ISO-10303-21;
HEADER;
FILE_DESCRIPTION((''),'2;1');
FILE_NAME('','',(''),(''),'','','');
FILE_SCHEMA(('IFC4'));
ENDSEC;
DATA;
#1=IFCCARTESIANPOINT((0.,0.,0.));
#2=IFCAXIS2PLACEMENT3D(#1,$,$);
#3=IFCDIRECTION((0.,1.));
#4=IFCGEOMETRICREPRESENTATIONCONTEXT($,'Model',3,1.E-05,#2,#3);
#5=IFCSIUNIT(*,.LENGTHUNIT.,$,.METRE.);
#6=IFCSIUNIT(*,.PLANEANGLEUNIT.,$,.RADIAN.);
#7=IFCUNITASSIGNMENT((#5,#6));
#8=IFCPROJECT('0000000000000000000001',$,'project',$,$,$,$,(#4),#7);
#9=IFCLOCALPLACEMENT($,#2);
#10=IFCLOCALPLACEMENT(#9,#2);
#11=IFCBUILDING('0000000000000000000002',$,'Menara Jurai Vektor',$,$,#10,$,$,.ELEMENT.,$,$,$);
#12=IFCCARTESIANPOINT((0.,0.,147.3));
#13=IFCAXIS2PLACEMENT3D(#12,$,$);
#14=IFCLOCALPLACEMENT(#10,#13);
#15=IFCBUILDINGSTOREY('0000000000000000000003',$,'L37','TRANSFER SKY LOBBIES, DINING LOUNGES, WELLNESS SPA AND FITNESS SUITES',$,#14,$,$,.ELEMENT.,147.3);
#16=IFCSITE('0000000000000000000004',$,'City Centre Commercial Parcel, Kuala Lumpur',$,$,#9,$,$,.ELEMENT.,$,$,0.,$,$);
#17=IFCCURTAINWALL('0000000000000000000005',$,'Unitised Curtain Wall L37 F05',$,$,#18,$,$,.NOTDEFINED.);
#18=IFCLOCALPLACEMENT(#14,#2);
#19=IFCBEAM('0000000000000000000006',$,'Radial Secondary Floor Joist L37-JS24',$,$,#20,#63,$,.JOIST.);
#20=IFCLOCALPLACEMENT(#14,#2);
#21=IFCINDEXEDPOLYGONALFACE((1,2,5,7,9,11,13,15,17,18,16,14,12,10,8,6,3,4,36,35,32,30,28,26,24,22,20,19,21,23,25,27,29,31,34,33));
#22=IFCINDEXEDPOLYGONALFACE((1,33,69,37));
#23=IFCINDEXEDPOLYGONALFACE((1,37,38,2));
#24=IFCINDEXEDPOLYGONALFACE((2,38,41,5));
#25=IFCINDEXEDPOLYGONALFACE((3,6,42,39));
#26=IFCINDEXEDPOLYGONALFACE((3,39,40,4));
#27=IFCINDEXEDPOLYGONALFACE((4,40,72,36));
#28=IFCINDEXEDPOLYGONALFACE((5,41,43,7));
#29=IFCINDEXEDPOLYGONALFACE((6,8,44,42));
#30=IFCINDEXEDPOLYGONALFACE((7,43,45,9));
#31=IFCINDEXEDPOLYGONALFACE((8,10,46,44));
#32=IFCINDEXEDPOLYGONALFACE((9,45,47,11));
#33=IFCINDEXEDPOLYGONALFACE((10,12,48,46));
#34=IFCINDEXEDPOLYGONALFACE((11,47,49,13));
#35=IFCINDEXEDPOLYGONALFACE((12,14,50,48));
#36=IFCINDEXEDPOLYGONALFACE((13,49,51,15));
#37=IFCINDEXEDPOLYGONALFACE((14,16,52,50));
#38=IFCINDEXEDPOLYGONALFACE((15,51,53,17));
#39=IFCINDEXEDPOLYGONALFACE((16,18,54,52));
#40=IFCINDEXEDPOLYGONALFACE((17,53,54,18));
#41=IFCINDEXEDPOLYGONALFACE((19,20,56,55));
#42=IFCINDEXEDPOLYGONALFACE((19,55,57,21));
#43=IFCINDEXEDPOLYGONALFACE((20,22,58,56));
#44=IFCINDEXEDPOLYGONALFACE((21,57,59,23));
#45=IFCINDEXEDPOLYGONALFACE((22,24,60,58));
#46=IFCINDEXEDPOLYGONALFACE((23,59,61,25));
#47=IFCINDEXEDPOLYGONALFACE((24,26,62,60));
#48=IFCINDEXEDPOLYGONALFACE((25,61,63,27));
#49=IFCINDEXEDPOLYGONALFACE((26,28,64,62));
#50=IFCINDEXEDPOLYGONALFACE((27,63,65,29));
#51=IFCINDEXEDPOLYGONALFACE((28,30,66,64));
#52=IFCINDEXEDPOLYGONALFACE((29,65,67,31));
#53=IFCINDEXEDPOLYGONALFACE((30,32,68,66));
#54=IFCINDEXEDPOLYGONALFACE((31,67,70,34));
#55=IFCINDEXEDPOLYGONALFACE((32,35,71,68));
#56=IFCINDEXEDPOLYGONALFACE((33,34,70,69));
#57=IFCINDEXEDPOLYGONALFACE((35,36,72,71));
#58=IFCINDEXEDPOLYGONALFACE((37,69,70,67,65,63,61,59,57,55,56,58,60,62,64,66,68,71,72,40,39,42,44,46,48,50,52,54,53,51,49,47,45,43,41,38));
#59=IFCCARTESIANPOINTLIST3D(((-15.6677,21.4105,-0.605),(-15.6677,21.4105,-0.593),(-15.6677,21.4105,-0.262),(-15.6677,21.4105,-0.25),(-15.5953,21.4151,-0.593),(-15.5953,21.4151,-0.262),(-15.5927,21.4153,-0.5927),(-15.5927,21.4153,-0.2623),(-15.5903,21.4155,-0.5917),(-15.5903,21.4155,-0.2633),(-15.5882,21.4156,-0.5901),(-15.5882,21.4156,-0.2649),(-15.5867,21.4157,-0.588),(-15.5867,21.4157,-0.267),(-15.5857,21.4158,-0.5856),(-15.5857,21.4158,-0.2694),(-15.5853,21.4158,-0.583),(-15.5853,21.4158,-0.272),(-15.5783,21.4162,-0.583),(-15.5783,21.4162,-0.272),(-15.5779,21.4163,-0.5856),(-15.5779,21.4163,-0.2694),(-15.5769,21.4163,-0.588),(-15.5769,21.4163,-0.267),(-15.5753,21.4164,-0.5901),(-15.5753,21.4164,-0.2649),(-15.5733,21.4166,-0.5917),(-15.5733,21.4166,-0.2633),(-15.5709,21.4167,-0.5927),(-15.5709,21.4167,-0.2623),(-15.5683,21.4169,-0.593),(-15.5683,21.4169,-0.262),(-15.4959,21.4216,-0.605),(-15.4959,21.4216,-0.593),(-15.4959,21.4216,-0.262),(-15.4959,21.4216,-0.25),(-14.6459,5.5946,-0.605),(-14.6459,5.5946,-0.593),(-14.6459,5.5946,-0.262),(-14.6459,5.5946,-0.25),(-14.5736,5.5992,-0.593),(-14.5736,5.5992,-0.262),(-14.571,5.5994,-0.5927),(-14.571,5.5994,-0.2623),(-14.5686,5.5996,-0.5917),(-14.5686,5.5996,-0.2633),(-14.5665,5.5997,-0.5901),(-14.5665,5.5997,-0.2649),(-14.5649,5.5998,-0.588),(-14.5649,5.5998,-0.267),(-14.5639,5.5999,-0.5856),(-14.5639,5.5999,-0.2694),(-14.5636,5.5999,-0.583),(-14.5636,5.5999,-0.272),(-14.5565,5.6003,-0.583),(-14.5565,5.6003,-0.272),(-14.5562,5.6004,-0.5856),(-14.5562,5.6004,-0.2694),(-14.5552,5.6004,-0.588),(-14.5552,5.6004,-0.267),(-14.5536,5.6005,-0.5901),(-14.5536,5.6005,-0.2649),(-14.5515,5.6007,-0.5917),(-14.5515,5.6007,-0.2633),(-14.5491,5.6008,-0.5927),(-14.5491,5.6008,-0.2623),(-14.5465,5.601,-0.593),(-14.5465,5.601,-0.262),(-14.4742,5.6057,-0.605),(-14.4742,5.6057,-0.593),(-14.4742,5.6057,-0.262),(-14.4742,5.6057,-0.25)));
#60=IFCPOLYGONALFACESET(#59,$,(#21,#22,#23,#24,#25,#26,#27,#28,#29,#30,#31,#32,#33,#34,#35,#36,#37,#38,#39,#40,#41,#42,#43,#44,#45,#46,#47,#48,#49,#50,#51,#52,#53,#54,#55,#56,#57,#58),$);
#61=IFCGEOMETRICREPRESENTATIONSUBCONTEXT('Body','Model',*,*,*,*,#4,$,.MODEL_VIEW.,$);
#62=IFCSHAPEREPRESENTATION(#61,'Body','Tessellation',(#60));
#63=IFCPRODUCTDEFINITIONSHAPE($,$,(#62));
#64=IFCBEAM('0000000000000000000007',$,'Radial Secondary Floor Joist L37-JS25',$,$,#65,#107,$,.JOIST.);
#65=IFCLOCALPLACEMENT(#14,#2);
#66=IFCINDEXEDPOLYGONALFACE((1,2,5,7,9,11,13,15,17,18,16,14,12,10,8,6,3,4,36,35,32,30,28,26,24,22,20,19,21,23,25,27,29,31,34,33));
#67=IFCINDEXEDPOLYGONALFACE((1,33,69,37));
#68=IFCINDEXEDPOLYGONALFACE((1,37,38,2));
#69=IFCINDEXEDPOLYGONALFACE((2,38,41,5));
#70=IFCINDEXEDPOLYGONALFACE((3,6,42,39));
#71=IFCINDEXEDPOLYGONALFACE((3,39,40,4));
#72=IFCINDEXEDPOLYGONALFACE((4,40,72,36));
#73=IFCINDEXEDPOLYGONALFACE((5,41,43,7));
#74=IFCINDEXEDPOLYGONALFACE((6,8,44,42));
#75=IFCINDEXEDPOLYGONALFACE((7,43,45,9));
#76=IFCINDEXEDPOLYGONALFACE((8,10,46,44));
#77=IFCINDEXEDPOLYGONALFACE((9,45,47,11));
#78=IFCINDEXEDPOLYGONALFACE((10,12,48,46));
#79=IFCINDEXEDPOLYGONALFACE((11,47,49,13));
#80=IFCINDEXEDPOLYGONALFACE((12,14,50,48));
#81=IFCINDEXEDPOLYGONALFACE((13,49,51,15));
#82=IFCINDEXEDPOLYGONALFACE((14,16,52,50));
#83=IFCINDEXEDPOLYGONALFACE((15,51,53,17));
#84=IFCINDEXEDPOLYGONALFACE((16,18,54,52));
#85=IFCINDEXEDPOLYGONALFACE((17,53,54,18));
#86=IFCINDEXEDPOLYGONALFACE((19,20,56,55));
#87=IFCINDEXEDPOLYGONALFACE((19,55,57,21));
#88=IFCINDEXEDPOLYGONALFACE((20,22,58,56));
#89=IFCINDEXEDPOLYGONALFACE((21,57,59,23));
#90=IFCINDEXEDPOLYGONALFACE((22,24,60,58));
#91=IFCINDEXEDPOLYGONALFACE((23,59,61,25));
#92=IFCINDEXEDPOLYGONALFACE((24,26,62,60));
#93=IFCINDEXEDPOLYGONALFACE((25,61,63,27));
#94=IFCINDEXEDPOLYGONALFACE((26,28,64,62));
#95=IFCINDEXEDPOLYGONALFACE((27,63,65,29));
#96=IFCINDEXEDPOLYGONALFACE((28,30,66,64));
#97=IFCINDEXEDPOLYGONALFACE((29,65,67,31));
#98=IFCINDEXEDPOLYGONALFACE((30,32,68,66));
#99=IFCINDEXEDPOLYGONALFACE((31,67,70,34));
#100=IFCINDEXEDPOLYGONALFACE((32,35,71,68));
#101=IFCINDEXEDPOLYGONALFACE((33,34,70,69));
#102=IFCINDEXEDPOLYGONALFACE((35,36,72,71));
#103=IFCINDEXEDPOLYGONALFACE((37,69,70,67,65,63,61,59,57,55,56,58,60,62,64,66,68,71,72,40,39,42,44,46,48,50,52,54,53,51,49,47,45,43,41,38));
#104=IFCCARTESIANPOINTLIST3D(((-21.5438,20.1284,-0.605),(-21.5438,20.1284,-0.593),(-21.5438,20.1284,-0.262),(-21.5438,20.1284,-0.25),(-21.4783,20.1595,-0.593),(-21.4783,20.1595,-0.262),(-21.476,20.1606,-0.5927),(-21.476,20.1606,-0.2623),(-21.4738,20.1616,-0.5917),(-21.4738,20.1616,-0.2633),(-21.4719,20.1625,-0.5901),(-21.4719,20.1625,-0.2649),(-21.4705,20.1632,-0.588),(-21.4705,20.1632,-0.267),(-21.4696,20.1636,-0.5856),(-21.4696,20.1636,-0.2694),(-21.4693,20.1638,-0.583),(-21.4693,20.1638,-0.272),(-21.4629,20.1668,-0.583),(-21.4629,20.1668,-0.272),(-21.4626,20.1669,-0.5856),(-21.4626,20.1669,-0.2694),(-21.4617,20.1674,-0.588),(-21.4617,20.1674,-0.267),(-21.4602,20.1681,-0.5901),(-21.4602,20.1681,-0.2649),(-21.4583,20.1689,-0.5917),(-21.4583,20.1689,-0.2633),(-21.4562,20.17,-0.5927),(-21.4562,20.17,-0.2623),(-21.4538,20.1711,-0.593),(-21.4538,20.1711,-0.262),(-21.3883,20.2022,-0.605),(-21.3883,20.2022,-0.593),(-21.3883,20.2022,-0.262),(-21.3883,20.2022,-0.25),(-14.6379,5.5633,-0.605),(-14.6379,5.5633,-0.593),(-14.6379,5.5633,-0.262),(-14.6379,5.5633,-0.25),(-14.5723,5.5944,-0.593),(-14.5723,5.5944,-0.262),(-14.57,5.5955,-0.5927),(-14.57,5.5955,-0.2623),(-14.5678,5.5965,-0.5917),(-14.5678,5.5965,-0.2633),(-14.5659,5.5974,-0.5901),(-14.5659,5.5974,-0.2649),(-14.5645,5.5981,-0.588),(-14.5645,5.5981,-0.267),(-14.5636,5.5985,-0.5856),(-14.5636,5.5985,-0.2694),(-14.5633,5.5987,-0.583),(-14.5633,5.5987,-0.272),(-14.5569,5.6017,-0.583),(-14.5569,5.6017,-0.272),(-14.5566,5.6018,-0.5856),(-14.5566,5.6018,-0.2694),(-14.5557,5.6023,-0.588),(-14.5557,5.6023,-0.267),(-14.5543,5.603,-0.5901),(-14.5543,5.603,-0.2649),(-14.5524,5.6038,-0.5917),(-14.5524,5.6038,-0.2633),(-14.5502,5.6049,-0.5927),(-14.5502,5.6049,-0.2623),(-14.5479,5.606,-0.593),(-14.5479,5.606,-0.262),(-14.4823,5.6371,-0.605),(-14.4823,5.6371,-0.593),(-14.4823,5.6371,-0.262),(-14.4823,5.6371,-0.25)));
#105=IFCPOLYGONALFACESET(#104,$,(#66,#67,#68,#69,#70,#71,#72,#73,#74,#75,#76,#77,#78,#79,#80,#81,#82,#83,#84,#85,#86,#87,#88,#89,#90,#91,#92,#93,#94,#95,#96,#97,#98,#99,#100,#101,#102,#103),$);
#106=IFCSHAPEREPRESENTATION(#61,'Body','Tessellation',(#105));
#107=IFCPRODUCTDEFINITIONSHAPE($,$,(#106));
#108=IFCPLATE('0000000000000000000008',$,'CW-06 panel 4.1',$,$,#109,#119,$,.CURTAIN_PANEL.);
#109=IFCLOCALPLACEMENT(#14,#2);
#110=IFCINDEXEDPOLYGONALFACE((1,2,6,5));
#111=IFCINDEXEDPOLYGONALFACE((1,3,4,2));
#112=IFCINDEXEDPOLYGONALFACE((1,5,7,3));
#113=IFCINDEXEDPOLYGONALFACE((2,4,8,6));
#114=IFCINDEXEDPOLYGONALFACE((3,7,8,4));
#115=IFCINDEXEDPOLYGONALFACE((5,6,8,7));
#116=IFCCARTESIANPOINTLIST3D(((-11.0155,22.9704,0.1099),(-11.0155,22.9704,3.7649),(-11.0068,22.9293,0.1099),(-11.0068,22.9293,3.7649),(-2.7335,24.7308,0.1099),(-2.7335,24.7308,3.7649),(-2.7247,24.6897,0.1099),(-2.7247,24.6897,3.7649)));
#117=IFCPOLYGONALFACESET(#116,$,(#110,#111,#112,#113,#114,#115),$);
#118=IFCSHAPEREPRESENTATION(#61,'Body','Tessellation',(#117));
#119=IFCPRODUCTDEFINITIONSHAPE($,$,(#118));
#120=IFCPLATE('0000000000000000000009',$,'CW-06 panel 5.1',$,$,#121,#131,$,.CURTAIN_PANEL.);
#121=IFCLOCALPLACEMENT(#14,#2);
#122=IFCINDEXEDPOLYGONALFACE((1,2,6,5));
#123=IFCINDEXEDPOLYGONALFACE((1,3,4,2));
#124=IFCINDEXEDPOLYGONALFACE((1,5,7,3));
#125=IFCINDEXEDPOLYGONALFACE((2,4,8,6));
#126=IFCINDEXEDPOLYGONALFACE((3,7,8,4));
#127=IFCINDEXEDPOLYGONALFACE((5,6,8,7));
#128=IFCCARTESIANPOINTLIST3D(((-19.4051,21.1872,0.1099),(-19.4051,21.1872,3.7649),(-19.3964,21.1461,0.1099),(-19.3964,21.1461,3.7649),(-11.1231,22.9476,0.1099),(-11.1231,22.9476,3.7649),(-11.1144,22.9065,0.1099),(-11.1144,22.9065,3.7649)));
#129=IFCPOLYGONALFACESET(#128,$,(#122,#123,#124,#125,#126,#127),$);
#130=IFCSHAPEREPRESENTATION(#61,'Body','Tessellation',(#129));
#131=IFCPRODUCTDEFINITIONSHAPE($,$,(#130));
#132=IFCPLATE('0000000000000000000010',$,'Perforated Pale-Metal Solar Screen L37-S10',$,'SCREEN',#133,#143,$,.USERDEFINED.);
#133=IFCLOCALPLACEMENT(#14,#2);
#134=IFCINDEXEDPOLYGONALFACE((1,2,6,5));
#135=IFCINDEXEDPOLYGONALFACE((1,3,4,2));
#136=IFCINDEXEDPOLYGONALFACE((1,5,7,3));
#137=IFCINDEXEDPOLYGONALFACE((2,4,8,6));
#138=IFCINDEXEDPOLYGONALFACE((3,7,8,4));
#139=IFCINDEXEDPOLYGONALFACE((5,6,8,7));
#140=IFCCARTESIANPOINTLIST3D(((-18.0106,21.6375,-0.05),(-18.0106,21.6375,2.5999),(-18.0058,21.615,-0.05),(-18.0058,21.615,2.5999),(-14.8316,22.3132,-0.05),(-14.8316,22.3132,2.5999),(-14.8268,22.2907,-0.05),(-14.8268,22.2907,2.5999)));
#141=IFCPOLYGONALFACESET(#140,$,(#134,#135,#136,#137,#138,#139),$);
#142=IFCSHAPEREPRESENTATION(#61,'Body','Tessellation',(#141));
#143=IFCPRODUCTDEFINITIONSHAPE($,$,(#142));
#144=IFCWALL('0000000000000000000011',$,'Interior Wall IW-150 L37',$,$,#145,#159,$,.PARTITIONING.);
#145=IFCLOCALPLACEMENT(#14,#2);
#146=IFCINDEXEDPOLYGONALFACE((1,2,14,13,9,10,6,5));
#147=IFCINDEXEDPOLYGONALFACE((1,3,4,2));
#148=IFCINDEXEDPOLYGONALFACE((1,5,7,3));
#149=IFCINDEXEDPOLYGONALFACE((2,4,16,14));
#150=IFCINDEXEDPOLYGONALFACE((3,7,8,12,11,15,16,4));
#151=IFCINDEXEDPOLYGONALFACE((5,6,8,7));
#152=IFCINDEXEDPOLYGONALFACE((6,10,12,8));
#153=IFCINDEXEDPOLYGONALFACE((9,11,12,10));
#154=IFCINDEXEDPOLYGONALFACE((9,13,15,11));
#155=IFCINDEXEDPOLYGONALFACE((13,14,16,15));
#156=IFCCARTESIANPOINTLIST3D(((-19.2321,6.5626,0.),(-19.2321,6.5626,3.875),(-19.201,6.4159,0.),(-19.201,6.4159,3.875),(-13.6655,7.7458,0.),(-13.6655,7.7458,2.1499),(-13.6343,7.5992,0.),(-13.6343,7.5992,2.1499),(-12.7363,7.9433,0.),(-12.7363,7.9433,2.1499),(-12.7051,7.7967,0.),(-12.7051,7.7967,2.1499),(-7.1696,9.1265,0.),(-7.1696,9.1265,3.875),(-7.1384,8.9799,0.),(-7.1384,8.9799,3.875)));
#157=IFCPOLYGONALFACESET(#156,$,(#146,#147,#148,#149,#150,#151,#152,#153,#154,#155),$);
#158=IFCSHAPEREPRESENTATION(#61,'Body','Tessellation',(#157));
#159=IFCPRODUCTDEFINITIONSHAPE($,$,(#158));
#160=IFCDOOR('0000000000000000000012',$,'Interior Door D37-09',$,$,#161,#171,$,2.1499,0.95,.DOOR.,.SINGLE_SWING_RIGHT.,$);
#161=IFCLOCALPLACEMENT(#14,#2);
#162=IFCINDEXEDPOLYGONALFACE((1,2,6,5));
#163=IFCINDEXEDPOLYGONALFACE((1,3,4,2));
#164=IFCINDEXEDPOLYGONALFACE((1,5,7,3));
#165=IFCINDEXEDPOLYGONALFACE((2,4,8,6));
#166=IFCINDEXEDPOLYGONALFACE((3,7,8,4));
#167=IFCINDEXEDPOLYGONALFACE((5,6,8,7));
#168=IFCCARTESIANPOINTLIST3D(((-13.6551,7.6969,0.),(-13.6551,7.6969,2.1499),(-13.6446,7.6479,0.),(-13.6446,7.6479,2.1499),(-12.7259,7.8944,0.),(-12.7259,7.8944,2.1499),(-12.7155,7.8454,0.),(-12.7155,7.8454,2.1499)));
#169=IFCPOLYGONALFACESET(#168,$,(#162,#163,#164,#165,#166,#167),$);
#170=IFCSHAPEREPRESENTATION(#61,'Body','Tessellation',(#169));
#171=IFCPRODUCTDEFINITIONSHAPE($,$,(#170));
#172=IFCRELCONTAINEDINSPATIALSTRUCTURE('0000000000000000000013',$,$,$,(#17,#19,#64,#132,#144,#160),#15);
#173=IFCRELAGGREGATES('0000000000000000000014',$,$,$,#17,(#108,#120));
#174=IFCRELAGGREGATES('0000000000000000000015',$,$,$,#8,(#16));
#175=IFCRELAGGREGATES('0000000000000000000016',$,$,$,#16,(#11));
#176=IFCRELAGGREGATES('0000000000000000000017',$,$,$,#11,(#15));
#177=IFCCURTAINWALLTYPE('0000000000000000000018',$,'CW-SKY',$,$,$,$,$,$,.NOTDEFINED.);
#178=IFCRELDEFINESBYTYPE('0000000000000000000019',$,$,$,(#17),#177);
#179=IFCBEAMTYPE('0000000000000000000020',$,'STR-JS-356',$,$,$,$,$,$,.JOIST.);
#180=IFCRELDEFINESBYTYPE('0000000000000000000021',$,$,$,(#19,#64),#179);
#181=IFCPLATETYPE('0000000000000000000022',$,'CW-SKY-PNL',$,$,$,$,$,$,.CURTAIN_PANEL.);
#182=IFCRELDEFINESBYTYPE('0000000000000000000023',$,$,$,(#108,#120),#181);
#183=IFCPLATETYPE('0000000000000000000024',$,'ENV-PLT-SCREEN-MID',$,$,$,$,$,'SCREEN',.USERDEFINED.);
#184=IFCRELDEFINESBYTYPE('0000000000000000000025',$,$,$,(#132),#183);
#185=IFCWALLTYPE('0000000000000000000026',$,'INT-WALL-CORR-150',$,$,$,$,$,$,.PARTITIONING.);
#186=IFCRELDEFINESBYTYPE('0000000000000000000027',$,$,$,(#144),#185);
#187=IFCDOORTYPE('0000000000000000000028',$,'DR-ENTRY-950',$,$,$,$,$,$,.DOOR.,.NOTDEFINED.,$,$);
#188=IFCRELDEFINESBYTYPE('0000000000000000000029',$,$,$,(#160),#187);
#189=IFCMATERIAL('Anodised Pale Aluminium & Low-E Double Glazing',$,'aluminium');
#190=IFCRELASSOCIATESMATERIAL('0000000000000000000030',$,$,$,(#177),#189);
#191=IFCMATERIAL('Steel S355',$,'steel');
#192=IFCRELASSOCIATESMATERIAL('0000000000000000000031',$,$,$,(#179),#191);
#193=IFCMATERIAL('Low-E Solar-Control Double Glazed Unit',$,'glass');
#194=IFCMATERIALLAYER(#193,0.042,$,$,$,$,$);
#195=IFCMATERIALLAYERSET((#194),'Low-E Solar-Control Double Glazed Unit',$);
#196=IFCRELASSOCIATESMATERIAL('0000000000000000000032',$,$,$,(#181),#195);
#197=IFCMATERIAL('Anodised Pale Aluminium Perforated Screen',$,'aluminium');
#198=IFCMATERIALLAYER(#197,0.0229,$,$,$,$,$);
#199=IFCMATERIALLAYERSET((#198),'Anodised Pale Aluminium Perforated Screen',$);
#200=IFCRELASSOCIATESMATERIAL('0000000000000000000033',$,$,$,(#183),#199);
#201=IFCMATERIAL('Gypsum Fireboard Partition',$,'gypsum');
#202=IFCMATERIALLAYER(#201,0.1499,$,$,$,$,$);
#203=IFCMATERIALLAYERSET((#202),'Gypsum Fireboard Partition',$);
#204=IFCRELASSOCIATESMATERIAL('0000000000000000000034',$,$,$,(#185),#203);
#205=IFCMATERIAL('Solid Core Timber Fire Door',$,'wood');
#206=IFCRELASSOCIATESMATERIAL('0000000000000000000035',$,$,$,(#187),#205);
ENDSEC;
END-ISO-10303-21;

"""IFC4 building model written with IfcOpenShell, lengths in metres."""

from ifc_helpers import new_model, si_unit, direction, frame, frame_2d, origin, origin_2d, place, context, subcontext, project, spatial, rectangle, i_section, extrude, material, layer, layer_set, material_profile, profile_set, type_object, element, fill, aggregate, save


model = new_model("IFC4")

# Units and contexts
model_context = context("Model", 3, precision=1e-05, world=origin(), true_north=direction((0.0, 1.0)))
body_context = subcontext(model_context, "Body", "Model", "MODEL_VIEW")
ifc_project = project(units=[si_unit("LENGTHUNIT", "METRE"), si_unit("PLANEANGLEUNIT", "RADIAN")], contexts=[model_context])

# Site, building, storey
site_placement = place(None, origin())
site = spatial("IfcSite", under=ifc_project, at=site_placement, Name="City Centre Commercial Parcel, Kuala Lumpur", CompositionType="ELEMENT", RefElevation=0.0)
building_placement = place(site_placement, origin())
building = spatial("IfcBuilding", under=site, at=building_placement, Name="Menara Jurai Vektor", CompositionType="ELEMENT")
storey_placement = place(building_placement, frame((0.0, 0.0, 147.3)))
storey = spatial("IfcBuildingStorey", under=building, at=storey_placement, Name="L37", Description="TRANSFER SKY LOBBIES, DINING LOUNGES, WELLNESS SPA AND FITNESS SUITES", CompositionType="ELEMENT", Elevation=147.3)

# Curtain wall
ifc_material_1 = material(Name="Anodised Pale Aluminium & Low-E Double Glazing", Category="aluminium")
curtain_wall_type = type_object("IfcCurtainWallType", Name="CW-SKY", PredefinedType="NOTDEFINED", material=ifc_material_1)
curtain_wall_placement = place(storey_placement, origin())
curtain_wall = element("IfcCurtainWall", 1, at=curtain_wall_placement, inside=storey, type_object=curtain_wall_type, Name="Unitised Curtain Wall L37 F05", PredefinedType="NOTDEFINED")

# Beams
ifc_material_2 = material(Name="Steel S355", Category="steel")
ifc_material_profile_1 = material_profile(ifc_material_2, i_section(OverallWidth=0.1721, OverallDepth=0.355, WebThickness=0.0071, FlangeThickness=0.012, FilletRadius=0.01, at=origin_2d()), Name="UKB 356x171x51")
ifc_profile_set_1 = profile_set([ifc_material_profile_1], Name="Steel S355")
beam_type_1 = type_object("IfcBeamType", Name="STR-JS-356", PredefinedType="JOIST", material=ifc_profile_set_1)
beam_1_placement = place(storey_placement, frame((-15.5818, 21.416, -0.4275), z_axis=(0.064467, -0.99792, 0.0), x_axis=(0.99792, 0.064467, 0.0)))
element("IfcBeam", 2, at=beam_1_placement, inside=storey, type_object=beam_type_1, Name="Radial Secondary Floor Joist L37-JS24", PredefinedType="JOIST", context=body_context, shape_type="SweptSolid", body=[
    extrude(i_section(OverallWidth=0.1721, OverallDepth=0.355, WebThickness=0.0071, FlangeThickness=0.012, FilletRadius=0.01, at=origin_2d()), origin(), (0.0, 0.0, 1.0), 15.8489),
])
beam_2_placement = place(storey_placement, frame((-21.4661, 20.1653, -0.4275), z_axis=(0.428426, -0.903577, 0.0), x_axis=(0.903577, 0.428426, 0.0)))
element("IfcBeam", 3, at=beam_2_placement, inside=storey, type_object=beam_type_1, Name="Radial Secondary Floor Joist L37-JS25", PredefinedType="JOIST", context=body_context, shape_type="SweptSolid", body=[
    extrude(i_section(OverallWidth=0.1721, OverallDepth=0.355, WebThickness=0.0071, FlangeThickness=0.012, FilletRadius=0.01, at=origin_2d()), origin(), (0.0, 0.0, 1.0), 16.1194),
])

# Plates
ifc_material_3 = material(Name="Low-E Solar-Control Double Glazed Unit", Category="glass")
ifc_layer_1 = layer(ifc_material_3, 0.042)
ifc_layer_set_1 = layer_set([ifc_layer_1], Name="Low-E Solar-Control Double Glazed Unit")
plate_type_1 = type_object("IfcPlateType", Name="CW-SKY-PNL", PredefinedType="CURTAIN_PANEL", material=ifc_layer_set_1)
plate_1_placement = place(storey_placement, frame((-6.8701, 23.8301, 0.1099), z_axis=(0.0, 0.0, 1.0), x_axis=(-0.978148, -0.207911, 0.0)))
plate_1 = element("IfcPlate", 4, at=plate_1_placement, type_object=plate_type_1, Name="CW-06 panel 4.1", PredefinedType="CURTAIN_PANEL", context=body_context, shape_type="SweptSolid", body=[
    extrude(rectangle(XDim=8.467, YDim=0.042, at=origin_2d()), origin(), (0.0, 0.0, 1.0), 3.655),
])
plate_2_placement = place(storey_placement, frame((-15.2598, 22.0469, 0.1099), z_axis=(0.0, 0.0, 1.0), x_axis=(-0.978148, -0.207911, 0.0)))
plate_2 = element("IfcPlate", 5, at=plate_2_placement, type_object=plate_type_1, Name="CW-06 panel 5.1", PredefinedType="CURTAIN_PANEL", context=body_context, shape_type="SweptSolid", body=[
    extrude(rectangle(XDim=8.467, YDim=0.042, at=origin_2d()), origin(), (0.0, 0.0, 1.0), 3.655),
])
aggregate(curtain_wall, [plate_1, plate_2])
ifc_material_4 = material(Name="Anodised Pale Aluminium Perforated Screen", Category="aluminium")
ifc_layer_2 = layer(ifc_material_4, 0.0229)
ifc_layer_set_2 = layer_set([ifc_layer_2], Name="Anodised Pale Aluminium Perforated Screen")
plate_type_2 = type_object("IfcPlateType", Name="ENV-PLT-SCREEN-MID", ElementType="SCREEN", PredefinedType="USERDEFINED", material=ifc_layer_set_2)
plate_3_placement = place(storey_placement, frame((-16.4187, 21.9641, -0.05), z_axis=(0.0, 0.0, 1.0), x_axis=(-0.978148, -0.207912, 0.0)))
element("IfcPlate", 6, at=plate_3_placement, inside=storey, type_object=plate_type_2, Name="Perforated Pale-Metal Solar Screen L37-S10", ObjectType="SCREEN", PredefinedType="USERDEFINED", context=body_context, shape_type="SweptSolid", body=[
    extrude(rectangle(XDim=3.25, YDim=0.0229, at=origin_2d()), origin(), (0.0, 0.0, 1.0), 2.6499),
])

# Wall, opening, door
ifc_material_5 = material(Name="Gypsum Fireboard Partition", Category="gypsum")
ifc_layer_3 = layer(ifc_material_5, 0.1499)
ifc_layer_set_3 = layer_set([ifc_layer_3], Name="Gypsum Fireboard Partition")
wall_type = type_object("IfcWallType", Name="INT-WALL-CORR-150", PredefinedType="PARTITIONING", material=ifc_layer_set_3)
wall_1_placement = place(storey_placement, frame((-19.2166, 6.4893, 0.0), z_axis=(0.0, 0.0, 1.0), x_axis=(0.978148, 0.207912, 0.0)))
wall_1 = element("IfcWall", 7, at=wall_1_placement, inside=storey, type_object=wall_type, Name="Interior Wall IW-150 L37", PredefinedType="PARTITIONING", context=body_context, shape_type="SweptSolid", body=[
    extrude(rectangle(XDim=12.332, YDim=0.1499, at=frame_2d((6.166, 0.0))), origin(), (0.0, 0.0, 1.0), 3.875),
])
opening_1_placement = place(wall_1_placement, frame((5.6909, 0.0, 0.0)))
opening_1 = element("IfcOpeningElement", 8, at=opening_1_placement, cuts=wall_1, PredefinedType="OPENING", context=body_context, shape_type="SweptSolid", body=[
    extrude(rectangle(XDim=0.95, YDim=2.1499, at=frame_2d((0.4751, 1.075))), frame((0.0, 0.085, 0.0), z_axis=(0.0, -1.0, 0.0), x_axis=(1.0, 0.0, 0.0)), (0.0, 0.0, 1.0), 0.1699),
])
ifc_material_6 = material(Name="Solid Core Timber Fire Door", Category="wood")
door_type = type_object("IfcDoorType", Name="DR-ENTRY-950", OperationType="NOTDEFINED", PredefinedType="DOOR", material=ifc_material_6)
door_1_placement = place(opening_1_placement, origin())
door_1 = element("IfcDoor", 9, at=door_1_placement, inside=storey, type_object=door_type, Name="Interior Door D37-09", OperationType="SINGLE_SWING_RIGHT", OverallHeight=2.1499, OverallWidth=0.95, PredefinedType="DOOR", context=body_context, shape_type="SweptSolid", body=[
    extrude(rectangle(XDim=0.95, YDim=2.1499, at=frame_2d((0.4751, 1.075))), frame((0.0, 0.0249, 0.0), z_axis=(0.0, -1.0, 0.0), x_axis=(1.0, 0.0, 0.0)), (0.0, 0.0, 1.0), 0.05),
])
fill(opening_1, door_1)

save(model, "model.ifc")
